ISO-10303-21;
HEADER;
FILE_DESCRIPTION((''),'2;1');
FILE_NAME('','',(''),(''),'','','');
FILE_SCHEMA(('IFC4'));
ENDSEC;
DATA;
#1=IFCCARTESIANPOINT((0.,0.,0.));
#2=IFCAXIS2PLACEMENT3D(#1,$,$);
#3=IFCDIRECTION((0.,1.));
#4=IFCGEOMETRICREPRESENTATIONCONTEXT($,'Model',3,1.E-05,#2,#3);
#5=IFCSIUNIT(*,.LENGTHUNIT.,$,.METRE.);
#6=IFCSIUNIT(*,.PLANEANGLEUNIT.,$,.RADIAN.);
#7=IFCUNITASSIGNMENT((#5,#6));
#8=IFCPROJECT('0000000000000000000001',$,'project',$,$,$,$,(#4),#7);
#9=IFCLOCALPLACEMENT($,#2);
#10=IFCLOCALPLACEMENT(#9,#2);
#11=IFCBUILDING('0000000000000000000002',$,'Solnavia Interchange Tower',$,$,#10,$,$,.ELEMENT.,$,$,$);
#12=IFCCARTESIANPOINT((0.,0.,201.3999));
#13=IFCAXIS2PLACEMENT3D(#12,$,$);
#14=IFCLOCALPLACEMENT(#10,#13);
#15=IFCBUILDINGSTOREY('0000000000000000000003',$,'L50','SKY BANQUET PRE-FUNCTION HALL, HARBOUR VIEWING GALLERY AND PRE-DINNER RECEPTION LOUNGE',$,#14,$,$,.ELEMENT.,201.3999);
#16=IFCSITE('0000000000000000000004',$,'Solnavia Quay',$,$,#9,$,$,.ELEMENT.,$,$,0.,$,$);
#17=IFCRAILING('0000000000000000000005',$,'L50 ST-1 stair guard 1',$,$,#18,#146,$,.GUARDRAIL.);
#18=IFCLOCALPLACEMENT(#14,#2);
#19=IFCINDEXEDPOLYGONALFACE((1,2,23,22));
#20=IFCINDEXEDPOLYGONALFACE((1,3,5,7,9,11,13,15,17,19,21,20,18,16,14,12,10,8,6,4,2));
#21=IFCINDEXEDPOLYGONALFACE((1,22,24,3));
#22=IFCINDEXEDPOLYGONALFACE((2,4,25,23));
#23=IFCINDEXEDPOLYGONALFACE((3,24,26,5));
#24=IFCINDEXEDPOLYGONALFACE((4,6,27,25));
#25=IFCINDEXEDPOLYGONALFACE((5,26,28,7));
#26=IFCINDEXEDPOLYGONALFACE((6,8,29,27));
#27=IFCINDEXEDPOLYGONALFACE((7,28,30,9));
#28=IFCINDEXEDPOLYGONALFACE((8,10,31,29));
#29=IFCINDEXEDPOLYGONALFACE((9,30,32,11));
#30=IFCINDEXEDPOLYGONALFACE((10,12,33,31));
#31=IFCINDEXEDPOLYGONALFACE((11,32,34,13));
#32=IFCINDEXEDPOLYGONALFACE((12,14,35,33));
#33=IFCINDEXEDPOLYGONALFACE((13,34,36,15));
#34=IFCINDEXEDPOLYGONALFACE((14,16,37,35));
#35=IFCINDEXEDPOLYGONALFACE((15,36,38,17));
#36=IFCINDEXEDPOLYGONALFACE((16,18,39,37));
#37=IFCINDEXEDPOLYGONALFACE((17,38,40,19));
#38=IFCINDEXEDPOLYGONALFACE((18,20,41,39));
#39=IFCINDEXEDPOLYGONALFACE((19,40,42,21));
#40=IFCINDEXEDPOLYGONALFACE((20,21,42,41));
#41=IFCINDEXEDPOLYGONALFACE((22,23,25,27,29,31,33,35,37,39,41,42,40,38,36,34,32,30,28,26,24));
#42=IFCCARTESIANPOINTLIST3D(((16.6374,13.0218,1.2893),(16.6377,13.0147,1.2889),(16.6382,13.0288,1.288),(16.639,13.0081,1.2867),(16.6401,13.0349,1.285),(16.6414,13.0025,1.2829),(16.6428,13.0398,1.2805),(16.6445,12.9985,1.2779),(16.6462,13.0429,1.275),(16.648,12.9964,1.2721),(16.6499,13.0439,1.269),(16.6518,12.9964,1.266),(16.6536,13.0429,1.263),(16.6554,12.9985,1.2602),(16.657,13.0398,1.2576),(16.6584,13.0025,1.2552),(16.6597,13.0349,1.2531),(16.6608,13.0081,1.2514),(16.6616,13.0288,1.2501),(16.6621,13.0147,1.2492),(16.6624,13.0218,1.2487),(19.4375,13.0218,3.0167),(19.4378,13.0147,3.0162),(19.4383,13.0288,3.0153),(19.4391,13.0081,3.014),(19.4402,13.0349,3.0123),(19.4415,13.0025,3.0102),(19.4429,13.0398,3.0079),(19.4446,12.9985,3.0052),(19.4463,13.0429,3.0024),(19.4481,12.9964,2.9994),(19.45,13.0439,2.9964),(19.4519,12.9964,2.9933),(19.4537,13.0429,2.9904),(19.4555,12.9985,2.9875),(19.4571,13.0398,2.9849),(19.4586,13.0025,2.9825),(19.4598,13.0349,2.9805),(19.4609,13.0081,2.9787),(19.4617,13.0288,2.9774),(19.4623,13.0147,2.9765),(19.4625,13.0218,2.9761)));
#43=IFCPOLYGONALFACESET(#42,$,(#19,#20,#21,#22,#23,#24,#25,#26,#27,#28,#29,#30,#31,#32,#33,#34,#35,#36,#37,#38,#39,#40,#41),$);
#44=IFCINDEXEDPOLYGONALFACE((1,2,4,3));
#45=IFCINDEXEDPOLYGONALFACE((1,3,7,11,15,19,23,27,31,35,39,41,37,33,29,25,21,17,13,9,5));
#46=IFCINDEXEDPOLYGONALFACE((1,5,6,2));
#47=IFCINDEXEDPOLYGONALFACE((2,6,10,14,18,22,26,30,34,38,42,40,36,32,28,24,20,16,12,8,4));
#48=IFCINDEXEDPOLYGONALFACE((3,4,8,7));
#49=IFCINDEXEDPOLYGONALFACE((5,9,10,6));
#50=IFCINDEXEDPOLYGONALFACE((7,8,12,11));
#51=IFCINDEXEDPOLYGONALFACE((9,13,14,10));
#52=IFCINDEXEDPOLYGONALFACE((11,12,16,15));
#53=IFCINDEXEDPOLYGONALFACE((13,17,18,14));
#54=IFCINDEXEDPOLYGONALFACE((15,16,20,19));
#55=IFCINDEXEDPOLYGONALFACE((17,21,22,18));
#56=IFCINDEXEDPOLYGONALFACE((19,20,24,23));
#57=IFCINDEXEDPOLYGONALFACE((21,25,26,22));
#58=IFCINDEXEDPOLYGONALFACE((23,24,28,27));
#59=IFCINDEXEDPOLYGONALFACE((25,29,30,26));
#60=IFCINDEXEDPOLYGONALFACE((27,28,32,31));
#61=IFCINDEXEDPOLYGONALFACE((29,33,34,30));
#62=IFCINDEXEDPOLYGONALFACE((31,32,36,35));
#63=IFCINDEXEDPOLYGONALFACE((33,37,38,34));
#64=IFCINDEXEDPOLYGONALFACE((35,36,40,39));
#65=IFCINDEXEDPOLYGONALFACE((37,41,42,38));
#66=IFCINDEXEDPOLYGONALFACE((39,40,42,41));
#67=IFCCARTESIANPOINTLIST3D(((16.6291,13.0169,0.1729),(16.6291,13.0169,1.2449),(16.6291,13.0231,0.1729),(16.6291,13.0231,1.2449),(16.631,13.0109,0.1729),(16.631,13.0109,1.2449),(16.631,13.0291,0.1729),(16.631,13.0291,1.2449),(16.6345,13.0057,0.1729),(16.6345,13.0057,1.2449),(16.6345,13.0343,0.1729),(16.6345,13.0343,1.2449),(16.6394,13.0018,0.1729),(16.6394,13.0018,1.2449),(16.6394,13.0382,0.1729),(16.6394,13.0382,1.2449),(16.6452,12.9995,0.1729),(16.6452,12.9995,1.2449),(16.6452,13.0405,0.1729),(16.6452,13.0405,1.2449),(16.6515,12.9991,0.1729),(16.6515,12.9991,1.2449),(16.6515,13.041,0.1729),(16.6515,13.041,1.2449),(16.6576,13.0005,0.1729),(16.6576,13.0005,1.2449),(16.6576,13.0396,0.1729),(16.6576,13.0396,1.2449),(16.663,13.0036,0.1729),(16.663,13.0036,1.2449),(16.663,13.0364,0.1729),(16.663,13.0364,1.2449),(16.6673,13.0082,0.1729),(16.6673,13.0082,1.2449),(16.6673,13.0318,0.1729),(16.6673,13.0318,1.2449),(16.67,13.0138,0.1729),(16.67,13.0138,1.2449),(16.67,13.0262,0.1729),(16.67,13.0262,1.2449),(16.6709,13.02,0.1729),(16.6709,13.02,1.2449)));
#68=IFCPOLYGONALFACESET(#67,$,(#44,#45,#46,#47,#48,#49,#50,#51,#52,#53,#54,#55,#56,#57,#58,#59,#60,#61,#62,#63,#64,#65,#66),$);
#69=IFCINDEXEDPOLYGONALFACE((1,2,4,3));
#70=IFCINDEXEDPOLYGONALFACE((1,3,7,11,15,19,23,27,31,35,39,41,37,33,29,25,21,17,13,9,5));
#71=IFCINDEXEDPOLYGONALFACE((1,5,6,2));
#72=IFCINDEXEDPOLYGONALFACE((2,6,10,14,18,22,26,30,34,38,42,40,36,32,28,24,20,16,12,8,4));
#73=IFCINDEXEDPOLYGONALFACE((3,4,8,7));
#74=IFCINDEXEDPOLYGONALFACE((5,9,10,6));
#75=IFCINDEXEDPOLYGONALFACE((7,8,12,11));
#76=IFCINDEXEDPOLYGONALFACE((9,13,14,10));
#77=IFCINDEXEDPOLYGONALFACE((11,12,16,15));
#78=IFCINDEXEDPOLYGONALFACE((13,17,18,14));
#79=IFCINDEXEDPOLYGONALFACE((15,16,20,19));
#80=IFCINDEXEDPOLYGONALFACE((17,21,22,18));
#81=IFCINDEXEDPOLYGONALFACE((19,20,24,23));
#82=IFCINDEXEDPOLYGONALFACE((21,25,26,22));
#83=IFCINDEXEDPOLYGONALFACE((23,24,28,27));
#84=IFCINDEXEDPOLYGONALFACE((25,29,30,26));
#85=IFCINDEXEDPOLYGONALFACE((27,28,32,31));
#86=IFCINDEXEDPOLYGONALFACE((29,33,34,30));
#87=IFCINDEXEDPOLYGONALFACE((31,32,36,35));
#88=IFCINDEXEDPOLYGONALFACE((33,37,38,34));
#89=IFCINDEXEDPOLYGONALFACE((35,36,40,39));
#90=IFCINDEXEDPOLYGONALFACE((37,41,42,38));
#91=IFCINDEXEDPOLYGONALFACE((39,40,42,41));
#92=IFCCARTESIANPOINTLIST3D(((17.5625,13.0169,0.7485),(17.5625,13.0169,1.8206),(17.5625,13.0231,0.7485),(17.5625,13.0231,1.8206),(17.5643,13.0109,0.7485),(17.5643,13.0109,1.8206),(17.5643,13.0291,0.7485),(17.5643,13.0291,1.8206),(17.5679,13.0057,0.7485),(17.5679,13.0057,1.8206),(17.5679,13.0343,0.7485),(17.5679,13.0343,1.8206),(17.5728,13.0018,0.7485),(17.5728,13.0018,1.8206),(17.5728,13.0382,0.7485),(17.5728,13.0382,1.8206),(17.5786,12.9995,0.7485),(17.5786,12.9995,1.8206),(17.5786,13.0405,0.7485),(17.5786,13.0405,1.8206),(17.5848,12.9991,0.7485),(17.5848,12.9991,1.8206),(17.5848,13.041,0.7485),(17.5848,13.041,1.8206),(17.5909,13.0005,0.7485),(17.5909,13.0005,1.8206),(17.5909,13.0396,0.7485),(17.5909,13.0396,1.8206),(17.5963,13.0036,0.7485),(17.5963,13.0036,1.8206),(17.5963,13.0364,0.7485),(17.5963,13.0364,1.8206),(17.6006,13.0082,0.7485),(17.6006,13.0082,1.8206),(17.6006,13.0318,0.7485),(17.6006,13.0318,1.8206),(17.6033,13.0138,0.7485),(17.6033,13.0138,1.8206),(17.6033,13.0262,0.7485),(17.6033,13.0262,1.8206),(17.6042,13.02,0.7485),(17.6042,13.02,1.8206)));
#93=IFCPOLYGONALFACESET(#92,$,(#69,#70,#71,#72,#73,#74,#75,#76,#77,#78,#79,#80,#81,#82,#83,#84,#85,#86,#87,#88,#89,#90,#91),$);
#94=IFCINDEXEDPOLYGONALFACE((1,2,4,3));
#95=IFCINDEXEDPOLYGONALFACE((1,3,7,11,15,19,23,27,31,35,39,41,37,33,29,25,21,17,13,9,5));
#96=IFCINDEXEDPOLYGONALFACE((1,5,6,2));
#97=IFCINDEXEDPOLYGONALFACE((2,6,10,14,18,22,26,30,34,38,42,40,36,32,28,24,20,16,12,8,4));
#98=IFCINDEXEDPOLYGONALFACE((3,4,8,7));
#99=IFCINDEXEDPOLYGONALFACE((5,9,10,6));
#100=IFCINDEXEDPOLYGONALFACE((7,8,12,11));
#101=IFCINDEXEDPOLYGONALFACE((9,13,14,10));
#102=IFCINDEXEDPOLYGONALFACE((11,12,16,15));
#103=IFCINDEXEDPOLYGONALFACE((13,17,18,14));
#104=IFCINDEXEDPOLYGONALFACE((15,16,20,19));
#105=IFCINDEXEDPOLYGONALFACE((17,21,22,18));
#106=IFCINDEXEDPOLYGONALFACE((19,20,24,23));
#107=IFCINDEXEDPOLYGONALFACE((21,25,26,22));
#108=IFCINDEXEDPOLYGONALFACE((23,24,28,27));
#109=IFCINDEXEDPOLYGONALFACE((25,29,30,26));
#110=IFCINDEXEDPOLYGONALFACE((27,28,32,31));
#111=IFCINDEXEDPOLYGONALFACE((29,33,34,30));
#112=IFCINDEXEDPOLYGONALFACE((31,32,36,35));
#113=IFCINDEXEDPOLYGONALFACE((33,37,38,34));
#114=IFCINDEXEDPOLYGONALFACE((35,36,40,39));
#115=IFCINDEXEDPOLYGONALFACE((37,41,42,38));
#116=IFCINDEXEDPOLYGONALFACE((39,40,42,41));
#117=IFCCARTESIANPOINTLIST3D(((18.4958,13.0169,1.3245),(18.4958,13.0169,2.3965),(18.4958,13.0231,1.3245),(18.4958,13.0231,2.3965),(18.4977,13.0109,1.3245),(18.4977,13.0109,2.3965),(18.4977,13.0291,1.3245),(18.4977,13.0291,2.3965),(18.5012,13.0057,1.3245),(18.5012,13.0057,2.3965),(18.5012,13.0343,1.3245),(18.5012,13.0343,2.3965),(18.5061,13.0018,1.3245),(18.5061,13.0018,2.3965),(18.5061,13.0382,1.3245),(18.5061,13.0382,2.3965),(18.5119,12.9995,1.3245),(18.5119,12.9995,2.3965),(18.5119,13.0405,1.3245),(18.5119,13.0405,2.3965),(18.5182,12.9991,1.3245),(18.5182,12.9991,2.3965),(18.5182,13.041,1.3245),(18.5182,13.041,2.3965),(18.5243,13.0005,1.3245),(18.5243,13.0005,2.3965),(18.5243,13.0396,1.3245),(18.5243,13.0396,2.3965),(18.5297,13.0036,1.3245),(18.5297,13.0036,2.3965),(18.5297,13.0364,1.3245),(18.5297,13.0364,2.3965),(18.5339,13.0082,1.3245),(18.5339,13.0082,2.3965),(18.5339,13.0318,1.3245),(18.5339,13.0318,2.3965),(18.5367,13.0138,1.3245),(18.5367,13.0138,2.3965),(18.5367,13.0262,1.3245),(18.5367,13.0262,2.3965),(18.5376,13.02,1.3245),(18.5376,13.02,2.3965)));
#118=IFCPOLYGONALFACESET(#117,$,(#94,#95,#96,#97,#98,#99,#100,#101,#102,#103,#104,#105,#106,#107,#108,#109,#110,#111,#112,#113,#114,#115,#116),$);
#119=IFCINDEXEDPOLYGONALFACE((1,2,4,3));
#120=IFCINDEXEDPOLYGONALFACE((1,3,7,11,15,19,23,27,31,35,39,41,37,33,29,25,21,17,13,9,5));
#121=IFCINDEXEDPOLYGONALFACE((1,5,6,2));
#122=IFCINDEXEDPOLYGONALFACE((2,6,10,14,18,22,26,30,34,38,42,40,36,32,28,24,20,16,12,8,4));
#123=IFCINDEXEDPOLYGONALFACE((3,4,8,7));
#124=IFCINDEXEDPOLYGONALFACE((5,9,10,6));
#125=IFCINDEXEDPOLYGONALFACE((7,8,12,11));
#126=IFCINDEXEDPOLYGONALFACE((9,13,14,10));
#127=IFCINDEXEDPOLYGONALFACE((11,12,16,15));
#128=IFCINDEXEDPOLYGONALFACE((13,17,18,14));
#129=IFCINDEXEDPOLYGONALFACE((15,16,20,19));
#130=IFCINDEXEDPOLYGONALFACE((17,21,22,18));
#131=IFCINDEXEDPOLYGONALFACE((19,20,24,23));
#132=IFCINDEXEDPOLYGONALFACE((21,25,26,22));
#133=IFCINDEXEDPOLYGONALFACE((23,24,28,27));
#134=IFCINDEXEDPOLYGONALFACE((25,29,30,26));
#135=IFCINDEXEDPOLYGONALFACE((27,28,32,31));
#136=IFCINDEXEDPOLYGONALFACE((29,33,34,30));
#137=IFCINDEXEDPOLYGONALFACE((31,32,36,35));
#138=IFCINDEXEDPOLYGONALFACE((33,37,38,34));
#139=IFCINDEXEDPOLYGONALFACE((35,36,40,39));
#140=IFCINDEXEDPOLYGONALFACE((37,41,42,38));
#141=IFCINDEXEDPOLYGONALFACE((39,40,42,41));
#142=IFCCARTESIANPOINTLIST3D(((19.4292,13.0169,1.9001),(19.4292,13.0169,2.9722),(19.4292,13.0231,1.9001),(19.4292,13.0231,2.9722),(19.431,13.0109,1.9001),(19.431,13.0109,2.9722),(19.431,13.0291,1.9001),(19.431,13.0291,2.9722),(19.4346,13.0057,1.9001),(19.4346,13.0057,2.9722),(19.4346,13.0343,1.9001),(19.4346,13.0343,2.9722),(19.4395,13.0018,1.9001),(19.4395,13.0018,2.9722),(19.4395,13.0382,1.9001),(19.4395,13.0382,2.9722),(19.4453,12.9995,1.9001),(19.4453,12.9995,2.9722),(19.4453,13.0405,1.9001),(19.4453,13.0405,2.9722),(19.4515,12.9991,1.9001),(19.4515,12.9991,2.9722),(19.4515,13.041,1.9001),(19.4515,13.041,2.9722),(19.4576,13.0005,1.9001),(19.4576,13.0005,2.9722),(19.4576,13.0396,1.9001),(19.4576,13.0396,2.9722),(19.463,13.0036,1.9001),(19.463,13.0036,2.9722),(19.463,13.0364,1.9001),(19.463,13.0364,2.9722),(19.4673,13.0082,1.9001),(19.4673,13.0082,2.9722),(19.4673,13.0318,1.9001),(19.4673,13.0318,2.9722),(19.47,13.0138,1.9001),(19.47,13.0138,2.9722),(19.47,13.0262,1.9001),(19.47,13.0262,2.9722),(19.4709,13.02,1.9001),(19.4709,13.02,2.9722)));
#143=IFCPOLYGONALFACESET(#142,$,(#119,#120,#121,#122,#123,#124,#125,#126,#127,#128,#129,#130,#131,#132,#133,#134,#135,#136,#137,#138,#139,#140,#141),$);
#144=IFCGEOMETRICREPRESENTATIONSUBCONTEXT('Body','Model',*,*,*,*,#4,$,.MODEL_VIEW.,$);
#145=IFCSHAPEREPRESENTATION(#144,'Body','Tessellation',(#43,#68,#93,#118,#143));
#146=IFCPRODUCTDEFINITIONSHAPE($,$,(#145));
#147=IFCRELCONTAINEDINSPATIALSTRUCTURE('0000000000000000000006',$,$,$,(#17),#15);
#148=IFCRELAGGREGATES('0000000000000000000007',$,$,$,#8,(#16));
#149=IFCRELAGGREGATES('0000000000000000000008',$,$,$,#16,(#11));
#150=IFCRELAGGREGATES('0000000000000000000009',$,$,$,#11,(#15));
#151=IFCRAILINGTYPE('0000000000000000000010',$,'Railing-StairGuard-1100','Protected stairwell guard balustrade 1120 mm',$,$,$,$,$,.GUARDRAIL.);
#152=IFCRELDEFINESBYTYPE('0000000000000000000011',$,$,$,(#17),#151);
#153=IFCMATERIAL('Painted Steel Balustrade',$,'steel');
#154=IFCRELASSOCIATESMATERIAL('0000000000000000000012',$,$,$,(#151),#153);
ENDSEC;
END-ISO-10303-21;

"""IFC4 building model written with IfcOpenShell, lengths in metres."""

from ifc_helpers import new_model, si_unit, direction, frame, origin, origin_2d, place, context, subcontext, project, spatial, circle, extrude, material, type_object, element, save


model = new_model("IFC4")

# Units and contexts
model_context = context("Model", 3, precision=1e-05, world=origin(), true_north=direction((0.0, 1.0)))
body_context = subcontext(model_context, "Body", "Model", "MODEL_VIEW")
ifc_project = project(units=[si_unit("LENGTHUNIT", "METRE"), si_unit("PLANEANGLEUNIT", "RADIAN")], contexts=[model_context])

# Site, building, storey
site_placement = place(None, origin())
site = spatial("IfcSite", under=ifc_project, at=site_placement, Name="Solnavia Quay", CompositionType="ELEMENT", RefElevation=0.0)
building_placement = place(site_placement, origin())
building = spatial("IfcBuilding", under=site, at=building_placement, Name="Solnavia Interchange Tower", CompositionType="ELEMENT")
storey_placement = place(building_placement, frame((0.0, 0.0, 201.3999)))
storey = spatial("IfcBuildingStorey", under=building, at=storey_placement, Name="L50", Description="SKY BANQUET PRE-FUNCTION HALL, HARBOUR VIEWING GALLERY AND PRE-DINNER RECEPTION LOUNGE", CompositionType="ELEMENT", Elevation=201.3999)

# Railing
ifc_material_1 = material(Name="Painted Steel Balustrade", Category="steel")
railing_type_1 = type_object("IfcRailingType", Name="Railing-StairGuard-1100", Description="Protected stairwell guard balustrade 1120 mm", PredefinedType="GUARDRAIL", material=ifc_material_1)
railing_1_placement = place(storey_placement, frame((16.6499, 13.02, 0.1729)))
element("IfcRailing", 1, at=railing_1_placement, inside=storey, type_object=railing_type_1, Name="L50 ST-1 stair guard 1", PredefinedType="GUARDRAIL", context=body_context, shape_type="SweptSolid", body=[
    extrude(circle(Radius=0.0239, at=origin_2d()), frame((0.0, 0.0, 1.0962), z_axis=(0.85109, 0.0, 0.52502), x_axis=(0.0, 1.0, 0.0)), (0.0, 0.0, 1.0), 3.29),
    extrude(circle(Radius=0.021, at=origin_2d()), origin(), (0.0, 0.0, 1.0), 1.072),
    extrude(circle(Radius=0.021, at=origin_2d()), frame((0.9333, 0.0, 0.5757)), (0.0, 0.0, 1.0), 1.072),
    extrude(circle(Radius=0.021, at=origin_2d()), frame((1.8667, 0.0, 1.1516)), (0.0, 0.0, 1.0), 1.072),
    extrude(circle(Radius=0.021, at=origin_2d()), frame((2.8, 0.0, 1.7273)), (0.0, 0.0, 1.0), 1.072),
])

save(model, "model.ifc")
